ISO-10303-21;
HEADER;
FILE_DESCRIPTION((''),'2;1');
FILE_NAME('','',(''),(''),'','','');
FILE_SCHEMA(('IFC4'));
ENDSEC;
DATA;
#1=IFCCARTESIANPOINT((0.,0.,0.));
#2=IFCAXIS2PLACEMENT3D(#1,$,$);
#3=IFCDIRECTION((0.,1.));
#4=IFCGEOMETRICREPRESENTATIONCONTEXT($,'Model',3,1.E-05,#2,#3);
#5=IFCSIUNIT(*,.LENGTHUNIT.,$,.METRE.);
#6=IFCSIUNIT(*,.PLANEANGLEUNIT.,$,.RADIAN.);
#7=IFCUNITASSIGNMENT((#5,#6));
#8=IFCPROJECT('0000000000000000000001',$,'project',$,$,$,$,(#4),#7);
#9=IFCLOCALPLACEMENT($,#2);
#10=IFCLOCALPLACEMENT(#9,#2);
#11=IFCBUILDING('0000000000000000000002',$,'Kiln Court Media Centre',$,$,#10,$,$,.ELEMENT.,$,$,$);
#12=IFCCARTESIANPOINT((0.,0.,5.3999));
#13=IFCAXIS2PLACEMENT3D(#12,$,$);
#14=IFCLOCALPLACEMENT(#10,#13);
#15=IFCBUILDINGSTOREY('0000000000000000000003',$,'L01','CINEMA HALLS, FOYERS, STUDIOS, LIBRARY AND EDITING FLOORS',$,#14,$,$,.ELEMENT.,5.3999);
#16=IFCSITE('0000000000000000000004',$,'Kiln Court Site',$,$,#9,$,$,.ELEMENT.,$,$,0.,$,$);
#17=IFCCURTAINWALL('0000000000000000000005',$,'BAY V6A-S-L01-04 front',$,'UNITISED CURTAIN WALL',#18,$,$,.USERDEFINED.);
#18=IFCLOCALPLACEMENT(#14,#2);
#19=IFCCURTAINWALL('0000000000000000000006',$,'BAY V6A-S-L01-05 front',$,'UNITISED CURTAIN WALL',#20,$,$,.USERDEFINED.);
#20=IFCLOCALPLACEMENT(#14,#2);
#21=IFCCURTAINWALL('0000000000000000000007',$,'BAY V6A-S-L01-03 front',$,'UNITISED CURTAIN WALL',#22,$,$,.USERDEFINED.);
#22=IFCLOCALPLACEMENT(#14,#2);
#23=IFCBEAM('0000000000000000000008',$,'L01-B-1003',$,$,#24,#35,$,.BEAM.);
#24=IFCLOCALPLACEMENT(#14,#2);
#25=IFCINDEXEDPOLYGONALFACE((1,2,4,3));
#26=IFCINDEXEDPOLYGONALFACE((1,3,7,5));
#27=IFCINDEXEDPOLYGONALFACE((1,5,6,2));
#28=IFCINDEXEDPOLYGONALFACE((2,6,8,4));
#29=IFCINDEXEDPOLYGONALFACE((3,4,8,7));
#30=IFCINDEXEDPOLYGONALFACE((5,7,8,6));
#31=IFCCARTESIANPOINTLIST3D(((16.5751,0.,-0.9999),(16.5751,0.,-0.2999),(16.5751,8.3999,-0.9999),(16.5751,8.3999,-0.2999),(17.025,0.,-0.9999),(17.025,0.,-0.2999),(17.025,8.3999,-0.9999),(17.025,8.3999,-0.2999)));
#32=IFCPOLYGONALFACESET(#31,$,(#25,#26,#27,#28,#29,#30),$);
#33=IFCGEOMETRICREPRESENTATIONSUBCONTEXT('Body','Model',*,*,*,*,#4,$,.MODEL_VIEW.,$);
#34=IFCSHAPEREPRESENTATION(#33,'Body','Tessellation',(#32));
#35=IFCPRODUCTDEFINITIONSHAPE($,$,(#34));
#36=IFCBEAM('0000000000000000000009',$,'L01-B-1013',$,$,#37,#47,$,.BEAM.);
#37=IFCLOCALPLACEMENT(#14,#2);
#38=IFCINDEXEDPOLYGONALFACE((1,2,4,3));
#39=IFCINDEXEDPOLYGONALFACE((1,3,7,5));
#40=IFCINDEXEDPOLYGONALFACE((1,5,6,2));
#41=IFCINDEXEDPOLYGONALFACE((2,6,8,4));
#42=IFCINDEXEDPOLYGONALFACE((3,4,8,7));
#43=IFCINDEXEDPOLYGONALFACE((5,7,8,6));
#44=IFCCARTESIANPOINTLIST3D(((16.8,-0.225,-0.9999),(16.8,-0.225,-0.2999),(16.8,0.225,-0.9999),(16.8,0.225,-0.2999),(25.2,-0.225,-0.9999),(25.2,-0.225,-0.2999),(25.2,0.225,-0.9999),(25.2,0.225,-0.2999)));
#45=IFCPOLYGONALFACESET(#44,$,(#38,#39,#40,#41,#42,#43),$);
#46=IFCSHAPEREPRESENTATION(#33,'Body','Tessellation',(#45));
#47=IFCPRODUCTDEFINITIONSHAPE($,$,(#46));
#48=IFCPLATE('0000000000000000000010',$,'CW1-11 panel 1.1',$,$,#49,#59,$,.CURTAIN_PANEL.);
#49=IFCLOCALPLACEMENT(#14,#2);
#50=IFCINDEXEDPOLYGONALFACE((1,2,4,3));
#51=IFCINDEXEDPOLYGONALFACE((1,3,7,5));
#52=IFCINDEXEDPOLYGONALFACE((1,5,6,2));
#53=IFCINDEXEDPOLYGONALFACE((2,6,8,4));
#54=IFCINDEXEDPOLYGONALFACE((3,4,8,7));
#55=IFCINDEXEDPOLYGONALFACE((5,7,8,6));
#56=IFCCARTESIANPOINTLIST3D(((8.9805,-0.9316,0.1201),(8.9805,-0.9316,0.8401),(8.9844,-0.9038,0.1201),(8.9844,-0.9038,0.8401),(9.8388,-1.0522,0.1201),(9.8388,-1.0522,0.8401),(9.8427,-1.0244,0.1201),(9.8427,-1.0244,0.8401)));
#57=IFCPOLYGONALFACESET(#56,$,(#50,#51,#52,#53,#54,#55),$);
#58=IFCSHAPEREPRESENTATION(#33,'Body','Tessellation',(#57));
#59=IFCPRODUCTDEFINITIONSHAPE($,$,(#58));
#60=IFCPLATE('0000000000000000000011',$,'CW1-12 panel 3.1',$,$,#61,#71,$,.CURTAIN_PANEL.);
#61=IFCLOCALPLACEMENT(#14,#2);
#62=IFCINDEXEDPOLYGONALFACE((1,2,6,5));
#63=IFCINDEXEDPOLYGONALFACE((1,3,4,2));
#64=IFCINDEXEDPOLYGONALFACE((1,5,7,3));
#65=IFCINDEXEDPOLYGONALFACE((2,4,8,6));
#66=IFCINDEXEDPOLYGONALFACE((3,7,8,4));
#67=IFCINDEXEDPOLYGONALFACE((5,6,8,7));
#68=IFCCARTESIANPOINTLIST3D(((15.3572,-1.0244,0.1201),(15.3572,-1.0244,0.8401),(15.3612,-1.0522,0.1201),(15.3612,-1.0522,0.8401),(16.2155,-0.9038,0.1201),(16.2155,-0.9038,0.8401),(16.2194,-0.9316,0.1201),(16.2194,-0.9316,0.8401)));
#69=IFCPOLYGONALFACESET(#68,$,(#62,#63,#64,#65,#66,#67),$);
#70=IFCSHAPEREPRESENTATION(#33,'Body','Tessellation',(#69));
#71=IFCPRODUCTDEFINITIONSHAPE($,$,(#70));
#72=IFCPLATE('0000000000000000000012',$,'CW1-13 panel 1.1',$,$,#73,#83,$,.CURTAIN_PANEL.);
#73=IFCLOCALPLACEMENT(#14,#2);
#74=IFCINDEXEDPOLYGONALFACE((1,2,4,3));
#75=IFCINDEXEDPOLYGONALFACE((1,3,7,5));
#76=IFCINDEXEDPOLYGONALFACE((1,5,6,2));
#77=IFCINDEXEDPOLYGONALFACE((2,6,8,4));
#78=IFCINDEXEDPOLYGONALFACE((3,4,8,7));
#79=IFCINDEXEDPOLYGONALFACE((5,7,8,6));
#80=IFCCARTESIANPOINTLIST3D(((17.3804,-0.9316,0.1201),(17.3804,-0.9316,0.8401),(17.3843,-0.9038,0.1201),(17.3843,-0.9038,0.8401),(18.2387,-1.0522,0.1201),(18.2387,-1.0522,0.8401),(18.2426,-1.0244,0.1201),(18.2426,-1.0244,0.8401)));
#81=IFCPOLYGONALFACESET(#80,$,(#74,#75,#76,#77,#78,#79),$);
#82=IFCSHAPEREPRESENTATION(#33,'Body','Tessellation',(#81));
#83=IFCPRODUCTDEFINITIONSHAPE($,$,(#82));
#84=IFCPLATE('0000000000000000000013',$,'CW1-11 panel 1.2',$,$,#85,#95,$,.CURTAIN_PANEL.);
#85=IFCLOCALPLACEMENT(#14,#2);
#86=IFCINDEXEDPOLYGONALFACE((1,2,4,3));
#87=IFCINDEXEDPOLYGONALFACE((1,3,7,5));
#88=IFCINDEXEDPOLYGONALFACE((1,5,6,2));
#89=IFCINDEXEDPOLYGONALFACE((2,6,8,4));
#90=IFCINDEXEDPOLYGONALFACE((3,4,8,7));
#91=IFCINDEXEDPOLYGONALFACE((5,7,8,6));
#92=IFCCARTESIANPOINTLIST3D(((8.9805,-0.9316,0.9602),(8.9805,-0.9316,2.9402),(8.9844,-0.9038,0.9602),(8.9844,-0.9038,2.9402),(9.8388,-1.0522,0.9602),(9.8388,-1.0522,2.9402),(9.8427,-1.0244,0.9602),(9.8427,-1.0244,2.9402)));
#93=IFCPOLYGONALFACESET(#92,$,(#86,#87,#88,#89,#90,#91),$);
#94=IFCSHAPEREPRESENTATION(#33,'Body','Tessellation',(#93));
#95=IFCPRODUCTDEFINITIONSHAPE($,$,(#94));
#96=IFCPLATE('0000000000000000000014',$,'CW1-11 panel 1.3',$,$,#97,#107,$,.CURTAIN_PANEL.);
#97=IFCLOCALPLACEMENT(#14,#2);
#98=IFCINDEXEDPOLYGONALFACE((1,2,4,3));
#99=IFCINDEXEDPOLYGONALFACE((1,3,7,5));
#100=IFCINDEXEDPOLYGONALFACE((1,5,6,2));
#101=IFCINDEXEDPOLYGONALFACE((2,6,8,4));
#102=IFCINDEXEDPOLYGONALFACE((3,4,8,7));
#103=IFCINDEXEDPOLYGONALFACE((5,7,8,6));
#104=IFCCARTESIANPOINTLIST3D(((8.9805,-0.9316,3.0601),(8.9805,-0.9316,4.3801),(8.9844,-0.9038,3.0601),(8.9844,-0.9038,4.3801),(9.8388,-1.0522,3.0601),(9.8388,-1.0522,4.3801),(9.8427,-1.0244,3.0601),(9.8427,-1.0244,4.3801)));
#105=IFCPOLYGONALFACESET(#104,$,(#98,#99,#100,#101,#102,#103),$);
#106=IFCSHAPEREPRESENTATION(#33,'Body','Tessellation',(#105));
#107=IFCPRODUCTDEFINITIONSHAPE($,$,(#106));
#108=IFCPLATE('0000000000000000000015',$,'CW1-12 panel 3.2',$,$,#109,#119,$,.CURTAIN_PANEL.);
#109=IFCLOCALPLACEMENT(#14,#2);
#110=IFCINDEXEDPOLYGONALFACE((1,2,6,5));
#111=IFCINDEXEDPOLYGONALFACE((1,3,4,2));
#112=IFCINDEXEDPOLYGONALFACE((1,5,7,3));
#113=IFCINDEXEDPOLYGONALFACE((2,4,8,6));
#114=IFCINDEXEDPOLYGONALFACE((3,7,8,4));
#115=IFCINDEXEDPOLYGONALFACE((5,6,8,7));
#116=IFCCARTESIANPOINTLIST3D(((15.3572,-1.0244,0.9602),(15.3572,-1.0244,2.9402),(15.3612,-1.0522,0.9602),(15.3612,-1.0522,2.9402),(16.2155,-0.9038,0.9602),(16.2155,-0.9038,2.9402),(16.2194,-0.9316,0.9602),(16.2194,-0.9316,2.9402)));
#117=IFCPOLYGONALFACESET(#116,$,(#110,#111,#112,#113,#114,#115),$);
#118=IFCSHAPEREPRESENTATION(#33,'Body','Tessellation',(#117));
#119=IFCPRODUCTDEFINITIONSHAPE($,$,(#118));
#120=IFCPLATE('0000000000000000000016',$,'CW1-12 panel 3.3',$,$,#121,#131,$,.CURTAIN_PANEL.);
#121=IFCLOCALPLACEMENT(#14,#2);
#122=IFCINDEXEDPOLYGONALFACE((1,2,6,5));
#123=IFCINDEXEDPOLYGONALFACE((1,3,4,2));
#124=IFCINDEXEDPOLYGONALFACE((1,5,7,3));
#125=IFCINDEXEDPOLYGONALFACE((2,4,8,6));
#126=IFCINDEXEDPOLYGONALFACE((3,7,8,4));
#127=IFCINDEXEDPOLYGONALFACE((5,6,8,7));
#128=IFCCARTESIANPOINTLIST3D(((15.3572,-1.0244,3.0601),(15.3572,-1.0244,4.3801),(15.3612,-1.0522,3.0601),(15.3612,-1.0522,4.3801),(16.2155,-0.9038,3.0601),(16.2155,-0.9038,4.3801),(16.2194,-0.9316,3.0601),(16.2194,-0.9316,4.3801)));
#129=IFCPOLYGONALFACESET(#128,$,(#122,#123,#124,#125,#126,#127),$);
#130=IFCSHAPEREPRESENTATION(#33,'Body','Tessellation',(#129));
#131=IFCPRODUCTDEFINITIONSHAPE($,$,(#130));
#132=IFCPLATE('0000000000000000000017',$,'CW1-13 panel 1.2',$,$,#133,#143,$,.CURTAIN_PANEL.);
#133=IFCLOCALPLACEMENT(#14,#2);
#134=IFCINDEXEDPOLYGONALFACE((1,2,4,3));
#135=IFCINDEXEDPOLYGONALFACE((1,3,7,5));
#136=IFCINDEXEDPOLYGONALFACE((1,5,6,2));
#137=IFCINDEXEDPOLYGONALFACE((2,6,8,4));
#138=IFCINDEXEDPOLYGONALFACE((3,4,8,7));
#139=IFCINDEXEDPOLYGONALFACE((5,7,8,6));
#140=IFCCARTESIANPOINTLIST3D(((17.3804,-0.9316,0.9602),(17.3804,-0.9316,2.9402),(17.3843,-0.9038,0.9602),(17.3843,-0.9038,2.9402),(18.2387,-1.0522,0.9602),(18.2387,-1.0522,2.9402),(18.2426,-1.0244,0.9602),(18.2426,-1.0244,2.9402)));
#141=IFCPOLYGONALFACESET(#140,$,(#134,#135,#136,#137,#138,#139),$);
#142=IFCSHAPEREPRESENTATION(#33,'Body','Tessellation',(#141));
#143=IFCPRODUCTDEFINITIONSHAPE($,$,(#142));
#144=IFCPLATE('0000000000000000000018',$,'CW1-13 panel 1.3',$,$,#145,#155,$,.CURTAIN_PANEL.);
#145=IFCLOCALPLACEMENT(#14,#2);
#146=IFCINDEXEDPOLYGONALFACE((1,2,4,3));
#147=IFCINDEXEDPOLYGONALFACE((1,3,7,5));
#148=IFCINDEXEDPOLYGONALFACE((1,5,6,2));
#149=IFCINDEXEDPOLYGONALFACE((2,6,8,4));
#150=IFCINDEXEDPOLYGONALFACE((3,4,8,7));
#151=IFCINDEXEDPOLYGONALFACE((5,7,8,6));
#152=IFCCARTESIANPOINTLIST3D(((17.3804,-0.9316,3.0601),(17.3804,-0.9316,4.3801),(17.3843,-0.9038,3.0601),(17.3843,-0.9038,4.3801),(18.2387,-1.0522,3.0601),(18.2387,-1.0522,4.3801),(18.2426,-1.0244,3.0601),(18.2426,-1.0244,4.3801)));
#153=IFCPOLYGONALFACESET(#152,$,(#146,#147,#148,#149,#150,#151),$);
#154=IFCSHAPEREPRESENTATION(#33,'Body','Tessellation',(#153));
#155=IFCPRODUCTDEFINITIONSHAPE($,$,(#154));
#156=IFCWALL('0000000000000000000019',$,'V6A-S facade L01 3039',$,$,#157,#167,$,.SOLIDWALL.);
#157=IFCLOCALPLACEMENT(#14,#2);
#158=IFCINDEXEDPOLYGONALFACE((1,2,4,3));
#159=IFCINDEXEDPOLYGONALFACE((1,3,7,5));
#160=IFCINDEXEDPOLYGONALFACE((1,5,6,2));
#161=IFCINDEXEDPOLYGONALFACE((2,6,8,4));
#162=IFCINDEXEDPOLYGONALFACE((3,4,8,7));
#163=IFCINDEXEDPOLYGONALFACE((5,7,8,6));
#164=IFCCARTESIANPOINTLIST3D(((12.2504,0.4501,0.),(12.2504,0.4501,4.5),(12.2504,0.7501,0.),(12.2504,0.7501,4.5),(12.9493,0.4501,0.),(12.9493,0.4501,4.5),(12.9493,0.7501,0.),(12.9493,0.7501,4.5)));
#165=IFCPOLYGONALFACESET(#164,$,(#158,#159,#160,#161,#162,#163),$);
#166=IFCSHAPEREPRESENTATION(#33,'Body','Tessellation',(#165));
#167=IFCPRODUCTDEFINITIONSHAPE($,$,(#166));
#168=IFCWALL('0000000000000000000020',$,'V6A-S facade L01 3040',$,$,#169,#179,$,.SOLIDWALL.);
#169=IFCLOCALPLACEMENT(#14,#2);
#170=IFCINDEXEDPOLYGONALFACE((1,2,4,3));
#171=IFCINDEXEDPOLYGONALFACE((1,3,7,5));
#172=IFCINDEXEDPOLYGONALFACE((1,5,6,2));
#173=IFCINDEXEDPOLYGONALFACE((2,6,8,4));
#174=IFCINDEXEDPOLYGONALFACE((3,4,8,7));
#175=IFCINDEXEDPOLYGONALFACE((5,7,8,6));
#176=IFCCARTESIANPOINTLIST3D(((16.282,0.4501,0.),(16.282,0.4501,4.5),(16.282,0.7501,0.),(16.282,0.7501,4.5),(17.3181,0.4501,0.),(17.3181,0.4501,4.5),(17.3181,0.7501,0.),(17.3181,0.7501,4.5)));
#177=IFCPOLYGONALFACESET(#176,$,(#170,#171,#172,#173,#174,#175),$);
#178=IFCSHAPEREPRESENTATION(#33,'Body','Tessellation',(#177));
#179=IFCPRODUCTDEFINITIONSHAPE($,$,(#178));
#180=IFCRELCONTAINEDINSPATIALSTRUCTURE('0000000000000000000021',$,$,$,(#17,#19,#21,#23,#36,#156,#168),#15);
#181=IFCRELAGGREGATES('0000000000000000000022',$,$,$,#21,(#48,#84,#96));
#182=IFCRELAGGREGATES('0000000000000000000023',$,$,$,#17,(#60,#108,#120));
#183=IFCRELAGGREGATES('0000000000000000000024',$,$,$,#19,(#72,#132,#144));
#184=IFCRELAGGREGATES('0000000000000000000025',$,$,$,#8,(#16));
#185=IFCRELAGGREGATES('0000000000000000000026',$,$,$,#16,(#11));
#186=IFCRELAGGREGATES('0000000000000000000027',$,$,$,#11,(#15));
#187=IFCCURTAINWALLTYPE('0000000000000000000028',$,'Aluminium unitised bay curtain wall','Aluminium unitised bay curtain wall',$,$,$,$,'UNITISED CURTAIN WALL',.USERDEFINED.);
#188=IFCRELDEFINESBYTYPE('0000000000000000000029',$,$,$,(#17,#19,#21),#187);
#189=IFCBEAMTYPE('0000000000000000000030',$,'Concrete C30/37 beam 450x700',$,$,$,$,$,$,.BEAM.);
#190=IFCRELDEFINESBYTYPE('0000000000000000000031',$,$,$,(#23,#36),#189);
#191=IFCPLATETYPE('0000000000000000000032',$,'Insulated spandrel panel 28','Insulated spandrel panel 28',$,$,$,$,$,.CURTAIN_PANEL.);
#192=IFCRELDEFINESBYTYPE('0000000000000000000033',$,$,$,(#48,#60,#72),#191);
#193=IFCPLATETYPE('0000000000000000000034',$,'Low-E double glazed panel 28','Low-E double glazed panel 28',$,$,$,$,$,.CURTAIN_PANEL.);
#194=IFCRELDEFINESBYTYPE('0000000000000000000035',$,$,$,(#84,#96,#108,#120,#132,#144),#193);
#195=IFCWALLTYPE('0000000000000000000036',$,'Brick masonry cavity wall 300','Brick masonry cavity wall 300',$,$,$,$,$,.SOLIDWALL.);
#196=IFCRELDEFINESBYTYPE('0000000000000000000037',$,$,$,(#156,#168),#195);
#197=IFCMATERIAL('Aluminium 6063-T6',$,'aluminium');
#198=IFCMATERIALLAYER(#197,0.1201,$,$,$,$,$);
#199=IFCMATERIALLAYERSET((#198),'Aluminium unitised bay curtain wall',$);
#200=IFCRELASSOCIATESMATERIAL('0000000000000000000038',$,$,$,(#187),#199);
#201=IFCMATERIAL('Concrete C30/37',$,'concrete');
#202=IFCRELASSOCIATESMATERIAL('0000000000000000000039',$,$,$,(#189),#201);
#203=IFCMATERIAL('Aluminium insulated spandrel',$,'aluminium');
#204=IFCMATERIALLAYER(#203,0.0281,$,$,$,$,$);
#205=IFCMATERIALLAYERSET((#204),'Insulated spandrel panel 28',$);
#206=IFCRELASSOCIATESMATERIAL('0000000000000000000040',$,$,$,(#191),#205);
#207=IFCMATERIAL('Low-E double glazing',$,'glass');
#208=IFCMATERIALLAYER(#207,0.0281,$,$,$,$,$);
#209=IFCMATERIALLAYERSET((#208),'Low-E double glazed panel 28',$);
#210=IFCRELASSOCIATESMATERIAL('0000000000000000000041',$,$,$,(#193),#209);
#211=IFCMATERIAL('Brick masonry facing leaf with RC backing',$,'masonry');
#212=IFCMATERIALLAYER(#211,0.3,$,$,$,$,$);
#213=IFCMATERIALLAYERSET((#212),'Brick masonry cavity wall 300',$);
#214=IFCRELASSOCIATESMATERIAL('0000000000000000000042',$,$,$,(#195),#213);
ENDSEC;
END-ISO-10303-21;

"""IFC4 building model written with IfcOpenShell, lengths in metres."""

from ifc_helpers import new_model, si_unit, direction, frame, frame_2d, origin, origin_2d, place, context, subcontext, project, spatial, rectangle, extrude, material, layer, layer_set, material_profile, profile_set, type_object, element, aggregate, save


model = new_model("IFC4")

# Units and contexts
model_context = context("Model", 3, precision=1e-05, world=origin(), true_north=direction((0.0, 1.0)))
body_context = subcontext(model_context, "Body", "Model", "MODEL_VIEW")
ifc_project = project(units=[si_unit("LENGTHUNIT", "METRE"), si_unit("PLANEANGLEUNIT", "RADIAN")], contexts=[model_context])

# Site, building, storey
site_placement = place(None, origin())
site = spatial("IfcSite", under=ifc_project, at=site_placement, Name="Kiln Court Site", CompositionType="ELEMENT", RefElevation=0.0)
building_placement = place(site_placement, origin())
building = spatial("IfcBuilding", under=site, at=building_placement, Name="Kiln Court Media Centre", CompositionType="ELEMENT")
storey_placement = place(building_placement, frame((0.0, 0.0, 5.3999)))
storey = spatial("IfcBuildingStorey", under=building, at=storey_placement, Name="L01", Description="CINEMA HALLS, FOYERS, STUDIOS, LIBRARY AND EDITING FLOORS", CompositionType="ELEMENT", Elevation=5.3999)

# Curtain walls
ifc_material_1 = material(Name="Aluminium 6063-T6", Category="aluminium")
ifc_layer_1 = layer(ifc_material_1, 0.1201)
ifc_layer_set_1 = layer_set([ifc_layer_1], Name="Aluminium unitised bay curtain wall")
curtain_wall_type = type_object("IfcCurtainWallType", Name="Aluminium unitised bay curtain wall", Description="Aluminium unitised bay curtain wall", ElementType="UNITISED CURTAIN WALL", PredefinedType="USERDEFINED", material=ifc_layer_set_1)
curtain_wall_1_placement = place(storey_placement, origin())
curtain_wall_1 = element("IfcCurtainWall", 1, at=curtain_wall_1_placement, inside=storey, type_object=curtain_wall_type, Name="BAY V6A-S-L01-04 front", ObjectType="UNITISED CURTAIN WALL", PredefinedType="USERDEFINED")
curtain_wall_2_placement = place(storey_placement, origin())
curtain_wall_2 = element("IfcCurtainWall", 2, at=curtain_wall_2_placement, inside=storey, type_object=curtain_wall_type, Name="BAY V6A-S-L01-05 front", ObjectType="UNITISED CURTAIN WALL", PredefinedType="USERDEFINED")

# Curtain wall
curtain_wall_3_placement = place(storey_placement, origin())
curtain_wall_3 = element("IfcCurtainWall", 3, at=curtain_wall_3_placement, inside=storey, type_object=curtain_wall_type, Name="BAY V6A-S-L01-03 front", ObjectType="UNITISED CURTAIN WALL", PredefinedType="USERDEFINED")

# Beams
ifc_material_2 = material(Name="Concrete C30/37", Category="concrete")
ifc_material_profile_1 = material_profile(ifc_material_2, rectangle(XDim=0.45, YDim=0.7, at=origin_2d()), Name="RC 450x700")
ifc_profile_set_1 = profile_set([ifc_material_profile_1], Name="Concrete C30/37")
beam_type = type_object("IfcBeamType", Name="Concrete C30/37 beam 450x700", PredefinedType="BEAM", material=ifc_profile_set_1)
for number, where, z_axis, x_axis, name in (
    (4, (16.8, 0.0, -0.6499), (0.0, 1.0, 0.0), (-1.0, 0.0, 0.0), "L01-B-1003"),
    (5, (16.8, 0.0, -0.6499), (1.0, 0.0, 0.0), (0.0, 1.0, 0.0), "L01-B-1013"),
):
    element("IfcBeam", number, at=place(storey_placement, frame(where, z_axis=z_axis, x_axis=x_axis)), inside=storey, type_object=beam_type, Name=name, PredefinedType="BEAM", context=body_context, shape_type="SweptSolid", body=[
        extrude(rectangle(XDim=0.45, YDim=0.7, at=origin_2d()), origin(), (0.0, 0.0, 1.0), 8.3999),
    ])

# Plates
ifc_material_3 = material(Name="Aluminium insulated spandrel", Category="aluminium")
ifc_layer_2 = layer(ifc_material_3, 0.0281)
ifc_layer_set_2 = layer_set([ifc_layer_2], Name="Insulated spandrel panel 28")
plate_type_1 = type_object("IfcPlateType", Name="Insulated spandrel panel 28", Description="Insulated spandrel panel 28", PredefinedType="CURTAIN_PANEL", material=ifc_layer_set_2)
plate_1_placement = place(storey_placement, frame((9.4116, -0.978, 0.1201), z_axis=(0.0, 0.0, 1.0), x_axis=(0.99027, -0.139162, 0.0)))
plate_1 = element("IfcPlate", 6, at=plate_1_placement, type_object=plate_type_1, Name="CW1-11 panel 1.1", PredefinedType="CURTAIN_PANEL", context=body_context, shape_type="SweptSolid", body=[
    extrude(rectangle(XDim=0.8667, YDim=0.0281, at=origin_2d()), origin(), (0.0, 0.0, 1.0), 0.72),
])
plate_2_placement = place(storey_placement, frame((15.7883, -0.978, 0.1201), z_axis=(0.0, 0.0, 1.0), x_axis=(0.99027, 0.139162, 0.0)))
plate_2 = element("IfcPlate", 7, at=plate_2_placement, type_object=plate_type_1, Name="CW1-12 panel 3.1", PredefinedType="CURTAIN_PANEL", context=body_context, shape_type="SweptSolid", body=[
    extrude(rectangle(XDim=0.8667, YDim=0.0281, at=origin_2d()), origin(), (0.0, 0.0, 1.0), 0.72),
])
plate_3_placement = place(storey_placement, frame((17.8115, -0.978, 0.1201), z_axis=(0.0, 0.0, 1.0), x_axis=(0.99027, -0.139162, 0.0)))
plate_3 = element("IfcPlate", 8, at=plate_3_placement, type_object=plate_type_1, Name="CW1-13 panel 1.1", PredefinedType="CURTAIN_PANEL", context=body_context, shape_type="SweptSolid", body=[
    extrude(rectangle(XDim=0.8667, YDim=0.0281, at=origin_2d()), origin(), (0.0, 0.0, 1.0), 0.72),
])
ifc_material_4 = material(Name="Low-E double glazing", Category="glass")
ifc_layer_3 = layer(ifc_material_4, 0.0281)
ifc_layer_set_3 = layer_set([ifc_layer_3], Name="Low-E double glazed panel 28")
plate_type_2 = type_object("IfcPlateType", Name="Low-E double glazed panel 28", Description="Low-E double glazed panel 28", PredefinedType="CURTAIN_PANEL", material=ifc_layer_set_3)
plate_4_placement = place(storey_placement, frame((9.4116, -0.978, 0.9602), z_axis=(0.0, 0.0, 1.0), x_axis=(0.99027, -0.139162, 0.0)))
plate_4 = element("IfcPlate", 9, at=plate_4_placement, type_object=plate_type_2, Name="CW1-11 panel 1.2", PredefinedType="CURTAIN_PANEL", context=body_context, shape_type="SweptSolid", body=[
    extrude(rectangle(XDim=0.8667, YDim=0.0281, at=origin_2d()), origin(), (0.0, 0.0, 1.0), 1.98),
])
plate_5_placement = place(storey_placement, frame((9.4116, -0.978, 3.0601), z_axis=(0.0, 0.0, 1.0), x_axis=(0.99027, -0.139162, 0.0)))
plate_5 = element("IfcPlate", 10, at=plate_5_placement, type_object=plate_type_2, Name="CW1-11 panel 1.3", PredefinedType="CURTAIN_PANEL", context=body_context, shape_type="SweptSolid", body=[
    extrude(rectangle(XDim=0.8667, YDim=0.0281, at=origin_2d()), origin(), (0.0, 0.0, 1.0), 1.3201),
])
aggregate(curtain_wall_3, [plate_1, plate_4, plate_5])
plate_6_placement = place(storey_placement, frame((15.7883, -0.978, 0.9602), z_axis=(0.0, 0.0, 1.0), x_axis=(0.99027, 0.139162, 0.0)))
plate_6 = element("IfcPlate", 11, at=plate_6_placement, type_object=plate_type_2, Name="CW1-12 panel 3.2", PredefinedType="CURTAIN_PANEL", context=body_context, shape_type="SweptSolid", body=[
    extrude(rectangle(XDim=0.8667, YDim=0.0281, at=origin_2d()), origin(), (0.0, 0.0, 1.0), 1.98),
])
plate_7_placement = place(storey_placement, frame((15.7883, -0.978, 3.0601), z_axis=(0.0, 0.0, 1.0), x_axis=(0.99027, 0.139162, 0.0)))
plate_7 = element("IfcPlate", 12, at=plate_7_placement, type_object=plate_type_2, Name="CW1-12 panel 3.3", PredefinedType="CURTAIN_PANEL", context=body_context, shape_type="SweptSolid", body=[
    extrude(rectangle(XDim=0.8667, YDim=0.0281, at=origin_2d()), origin(), (0.0, 0.0, 1.0), 1.3201),
])
aggregate(curtain_wall_1, [plate_2, plate_6, plate_7])
plate_8_placement = place(storey_placement, frame((17.8115, -0.978, 0.9602), z_axis=(0.0, 0.0, 1.0), x_axis=(0.99027, -0.139162, 0.0)))
plate_8 = element("IfcPlate", 13, at=plate_8_placement, type_object=plate_type_2, Name="CW1-13 panel 1.2", PredefinedType="CURTAIN_PANEL", context=body_context, shape_type="SweptSolid", body=[
    extrude(rectangle(XDim=0.8667, YDim=0.0281, at=origin_2d()), origin(), (0.0, 0.0, 1.0), 1.98),
])
plate_9_placement = place(storey_placement, frame((17.8115, -0.978, 3.0601), z_axis=(0.0, 0.0, 1.0), x_axis=(0.99027, -0.139162, 0.0)))
plate_9 = element("IfcPlate", 14, at=plate_9_placement, type_object=plate_type_2, Name="CW1-13 panel 1.3", PredefinedType="CURTAIN_PANEL", context=body_context, shape_type="SweptSolid", body=[
    extrude(rectangle(XDim=0.8667, YDim=0.0281, at=origin_2d()), origin(), (0.0, 0.0, 1.0), 1.3201),
])
aggregate(curtain_wall_2, [plate_3, plate_8, plate_9])

# Walls
ifc_material_5 = material(Name="Brick masonry facing leaf with RC backing", Category="masonry")
ifc_layer_4 = layer(ifc_material_5, 0.3)
ifc_layer_set_4 = layer_set([ifc_layer_4], Name="Brick masonry cavity wall 300")
wall_type = type_object("IfcWallType", Name="Brick masonry cavity wall 300", Description="Brick masonry cavity wall 300", PredefinedType="SOLIDWALL", material=ifc_layer_set_4)
wall_1_placement = place(storey_placement, frame((12.9495, 0.6001, 0.0), z_axis=(0.0, 0.0, 1.0), x_axis=(-1.0, 0.0, 0.0)))
element("IfcWall", 15, at=wall_1_placement, inside=storey, type_object=wall_type, Name="V6A-S facade L01 3039", PredefinedType="SOLIDWALL", context=body_context, shape_type="SweptSolid", body=[
    extrude(rectangle(XDim=0.699, YDim=0.3, at=frame_2d((0.3496, 0.0))), origin(), (0.0, 0.0, 1.0), 4.5),
])
wall_2_placement = place(storey_placement, frame((17.3181, 0.6001, 0.0), z_axis=(0.0, 0.0, 1.0), x_axis=(-1.0, 0.0, 0.0)))
element("IfcWall", 16, at=wall_2_placement, inside=storey, type_object=wall_type, Name="V6A-S facade L01 3040", PredefinedType="SOLIDWALL", context=body_context, shape_type="SweptSolid", body=[
    extrude(rectangle(XDim=1.0361, YDim=0.3, at=frame_2d((0.5181, 0.0))), origin(), (0.0, 0.0, 1.0), 4.5),
])

save(model, "model.ifc")
